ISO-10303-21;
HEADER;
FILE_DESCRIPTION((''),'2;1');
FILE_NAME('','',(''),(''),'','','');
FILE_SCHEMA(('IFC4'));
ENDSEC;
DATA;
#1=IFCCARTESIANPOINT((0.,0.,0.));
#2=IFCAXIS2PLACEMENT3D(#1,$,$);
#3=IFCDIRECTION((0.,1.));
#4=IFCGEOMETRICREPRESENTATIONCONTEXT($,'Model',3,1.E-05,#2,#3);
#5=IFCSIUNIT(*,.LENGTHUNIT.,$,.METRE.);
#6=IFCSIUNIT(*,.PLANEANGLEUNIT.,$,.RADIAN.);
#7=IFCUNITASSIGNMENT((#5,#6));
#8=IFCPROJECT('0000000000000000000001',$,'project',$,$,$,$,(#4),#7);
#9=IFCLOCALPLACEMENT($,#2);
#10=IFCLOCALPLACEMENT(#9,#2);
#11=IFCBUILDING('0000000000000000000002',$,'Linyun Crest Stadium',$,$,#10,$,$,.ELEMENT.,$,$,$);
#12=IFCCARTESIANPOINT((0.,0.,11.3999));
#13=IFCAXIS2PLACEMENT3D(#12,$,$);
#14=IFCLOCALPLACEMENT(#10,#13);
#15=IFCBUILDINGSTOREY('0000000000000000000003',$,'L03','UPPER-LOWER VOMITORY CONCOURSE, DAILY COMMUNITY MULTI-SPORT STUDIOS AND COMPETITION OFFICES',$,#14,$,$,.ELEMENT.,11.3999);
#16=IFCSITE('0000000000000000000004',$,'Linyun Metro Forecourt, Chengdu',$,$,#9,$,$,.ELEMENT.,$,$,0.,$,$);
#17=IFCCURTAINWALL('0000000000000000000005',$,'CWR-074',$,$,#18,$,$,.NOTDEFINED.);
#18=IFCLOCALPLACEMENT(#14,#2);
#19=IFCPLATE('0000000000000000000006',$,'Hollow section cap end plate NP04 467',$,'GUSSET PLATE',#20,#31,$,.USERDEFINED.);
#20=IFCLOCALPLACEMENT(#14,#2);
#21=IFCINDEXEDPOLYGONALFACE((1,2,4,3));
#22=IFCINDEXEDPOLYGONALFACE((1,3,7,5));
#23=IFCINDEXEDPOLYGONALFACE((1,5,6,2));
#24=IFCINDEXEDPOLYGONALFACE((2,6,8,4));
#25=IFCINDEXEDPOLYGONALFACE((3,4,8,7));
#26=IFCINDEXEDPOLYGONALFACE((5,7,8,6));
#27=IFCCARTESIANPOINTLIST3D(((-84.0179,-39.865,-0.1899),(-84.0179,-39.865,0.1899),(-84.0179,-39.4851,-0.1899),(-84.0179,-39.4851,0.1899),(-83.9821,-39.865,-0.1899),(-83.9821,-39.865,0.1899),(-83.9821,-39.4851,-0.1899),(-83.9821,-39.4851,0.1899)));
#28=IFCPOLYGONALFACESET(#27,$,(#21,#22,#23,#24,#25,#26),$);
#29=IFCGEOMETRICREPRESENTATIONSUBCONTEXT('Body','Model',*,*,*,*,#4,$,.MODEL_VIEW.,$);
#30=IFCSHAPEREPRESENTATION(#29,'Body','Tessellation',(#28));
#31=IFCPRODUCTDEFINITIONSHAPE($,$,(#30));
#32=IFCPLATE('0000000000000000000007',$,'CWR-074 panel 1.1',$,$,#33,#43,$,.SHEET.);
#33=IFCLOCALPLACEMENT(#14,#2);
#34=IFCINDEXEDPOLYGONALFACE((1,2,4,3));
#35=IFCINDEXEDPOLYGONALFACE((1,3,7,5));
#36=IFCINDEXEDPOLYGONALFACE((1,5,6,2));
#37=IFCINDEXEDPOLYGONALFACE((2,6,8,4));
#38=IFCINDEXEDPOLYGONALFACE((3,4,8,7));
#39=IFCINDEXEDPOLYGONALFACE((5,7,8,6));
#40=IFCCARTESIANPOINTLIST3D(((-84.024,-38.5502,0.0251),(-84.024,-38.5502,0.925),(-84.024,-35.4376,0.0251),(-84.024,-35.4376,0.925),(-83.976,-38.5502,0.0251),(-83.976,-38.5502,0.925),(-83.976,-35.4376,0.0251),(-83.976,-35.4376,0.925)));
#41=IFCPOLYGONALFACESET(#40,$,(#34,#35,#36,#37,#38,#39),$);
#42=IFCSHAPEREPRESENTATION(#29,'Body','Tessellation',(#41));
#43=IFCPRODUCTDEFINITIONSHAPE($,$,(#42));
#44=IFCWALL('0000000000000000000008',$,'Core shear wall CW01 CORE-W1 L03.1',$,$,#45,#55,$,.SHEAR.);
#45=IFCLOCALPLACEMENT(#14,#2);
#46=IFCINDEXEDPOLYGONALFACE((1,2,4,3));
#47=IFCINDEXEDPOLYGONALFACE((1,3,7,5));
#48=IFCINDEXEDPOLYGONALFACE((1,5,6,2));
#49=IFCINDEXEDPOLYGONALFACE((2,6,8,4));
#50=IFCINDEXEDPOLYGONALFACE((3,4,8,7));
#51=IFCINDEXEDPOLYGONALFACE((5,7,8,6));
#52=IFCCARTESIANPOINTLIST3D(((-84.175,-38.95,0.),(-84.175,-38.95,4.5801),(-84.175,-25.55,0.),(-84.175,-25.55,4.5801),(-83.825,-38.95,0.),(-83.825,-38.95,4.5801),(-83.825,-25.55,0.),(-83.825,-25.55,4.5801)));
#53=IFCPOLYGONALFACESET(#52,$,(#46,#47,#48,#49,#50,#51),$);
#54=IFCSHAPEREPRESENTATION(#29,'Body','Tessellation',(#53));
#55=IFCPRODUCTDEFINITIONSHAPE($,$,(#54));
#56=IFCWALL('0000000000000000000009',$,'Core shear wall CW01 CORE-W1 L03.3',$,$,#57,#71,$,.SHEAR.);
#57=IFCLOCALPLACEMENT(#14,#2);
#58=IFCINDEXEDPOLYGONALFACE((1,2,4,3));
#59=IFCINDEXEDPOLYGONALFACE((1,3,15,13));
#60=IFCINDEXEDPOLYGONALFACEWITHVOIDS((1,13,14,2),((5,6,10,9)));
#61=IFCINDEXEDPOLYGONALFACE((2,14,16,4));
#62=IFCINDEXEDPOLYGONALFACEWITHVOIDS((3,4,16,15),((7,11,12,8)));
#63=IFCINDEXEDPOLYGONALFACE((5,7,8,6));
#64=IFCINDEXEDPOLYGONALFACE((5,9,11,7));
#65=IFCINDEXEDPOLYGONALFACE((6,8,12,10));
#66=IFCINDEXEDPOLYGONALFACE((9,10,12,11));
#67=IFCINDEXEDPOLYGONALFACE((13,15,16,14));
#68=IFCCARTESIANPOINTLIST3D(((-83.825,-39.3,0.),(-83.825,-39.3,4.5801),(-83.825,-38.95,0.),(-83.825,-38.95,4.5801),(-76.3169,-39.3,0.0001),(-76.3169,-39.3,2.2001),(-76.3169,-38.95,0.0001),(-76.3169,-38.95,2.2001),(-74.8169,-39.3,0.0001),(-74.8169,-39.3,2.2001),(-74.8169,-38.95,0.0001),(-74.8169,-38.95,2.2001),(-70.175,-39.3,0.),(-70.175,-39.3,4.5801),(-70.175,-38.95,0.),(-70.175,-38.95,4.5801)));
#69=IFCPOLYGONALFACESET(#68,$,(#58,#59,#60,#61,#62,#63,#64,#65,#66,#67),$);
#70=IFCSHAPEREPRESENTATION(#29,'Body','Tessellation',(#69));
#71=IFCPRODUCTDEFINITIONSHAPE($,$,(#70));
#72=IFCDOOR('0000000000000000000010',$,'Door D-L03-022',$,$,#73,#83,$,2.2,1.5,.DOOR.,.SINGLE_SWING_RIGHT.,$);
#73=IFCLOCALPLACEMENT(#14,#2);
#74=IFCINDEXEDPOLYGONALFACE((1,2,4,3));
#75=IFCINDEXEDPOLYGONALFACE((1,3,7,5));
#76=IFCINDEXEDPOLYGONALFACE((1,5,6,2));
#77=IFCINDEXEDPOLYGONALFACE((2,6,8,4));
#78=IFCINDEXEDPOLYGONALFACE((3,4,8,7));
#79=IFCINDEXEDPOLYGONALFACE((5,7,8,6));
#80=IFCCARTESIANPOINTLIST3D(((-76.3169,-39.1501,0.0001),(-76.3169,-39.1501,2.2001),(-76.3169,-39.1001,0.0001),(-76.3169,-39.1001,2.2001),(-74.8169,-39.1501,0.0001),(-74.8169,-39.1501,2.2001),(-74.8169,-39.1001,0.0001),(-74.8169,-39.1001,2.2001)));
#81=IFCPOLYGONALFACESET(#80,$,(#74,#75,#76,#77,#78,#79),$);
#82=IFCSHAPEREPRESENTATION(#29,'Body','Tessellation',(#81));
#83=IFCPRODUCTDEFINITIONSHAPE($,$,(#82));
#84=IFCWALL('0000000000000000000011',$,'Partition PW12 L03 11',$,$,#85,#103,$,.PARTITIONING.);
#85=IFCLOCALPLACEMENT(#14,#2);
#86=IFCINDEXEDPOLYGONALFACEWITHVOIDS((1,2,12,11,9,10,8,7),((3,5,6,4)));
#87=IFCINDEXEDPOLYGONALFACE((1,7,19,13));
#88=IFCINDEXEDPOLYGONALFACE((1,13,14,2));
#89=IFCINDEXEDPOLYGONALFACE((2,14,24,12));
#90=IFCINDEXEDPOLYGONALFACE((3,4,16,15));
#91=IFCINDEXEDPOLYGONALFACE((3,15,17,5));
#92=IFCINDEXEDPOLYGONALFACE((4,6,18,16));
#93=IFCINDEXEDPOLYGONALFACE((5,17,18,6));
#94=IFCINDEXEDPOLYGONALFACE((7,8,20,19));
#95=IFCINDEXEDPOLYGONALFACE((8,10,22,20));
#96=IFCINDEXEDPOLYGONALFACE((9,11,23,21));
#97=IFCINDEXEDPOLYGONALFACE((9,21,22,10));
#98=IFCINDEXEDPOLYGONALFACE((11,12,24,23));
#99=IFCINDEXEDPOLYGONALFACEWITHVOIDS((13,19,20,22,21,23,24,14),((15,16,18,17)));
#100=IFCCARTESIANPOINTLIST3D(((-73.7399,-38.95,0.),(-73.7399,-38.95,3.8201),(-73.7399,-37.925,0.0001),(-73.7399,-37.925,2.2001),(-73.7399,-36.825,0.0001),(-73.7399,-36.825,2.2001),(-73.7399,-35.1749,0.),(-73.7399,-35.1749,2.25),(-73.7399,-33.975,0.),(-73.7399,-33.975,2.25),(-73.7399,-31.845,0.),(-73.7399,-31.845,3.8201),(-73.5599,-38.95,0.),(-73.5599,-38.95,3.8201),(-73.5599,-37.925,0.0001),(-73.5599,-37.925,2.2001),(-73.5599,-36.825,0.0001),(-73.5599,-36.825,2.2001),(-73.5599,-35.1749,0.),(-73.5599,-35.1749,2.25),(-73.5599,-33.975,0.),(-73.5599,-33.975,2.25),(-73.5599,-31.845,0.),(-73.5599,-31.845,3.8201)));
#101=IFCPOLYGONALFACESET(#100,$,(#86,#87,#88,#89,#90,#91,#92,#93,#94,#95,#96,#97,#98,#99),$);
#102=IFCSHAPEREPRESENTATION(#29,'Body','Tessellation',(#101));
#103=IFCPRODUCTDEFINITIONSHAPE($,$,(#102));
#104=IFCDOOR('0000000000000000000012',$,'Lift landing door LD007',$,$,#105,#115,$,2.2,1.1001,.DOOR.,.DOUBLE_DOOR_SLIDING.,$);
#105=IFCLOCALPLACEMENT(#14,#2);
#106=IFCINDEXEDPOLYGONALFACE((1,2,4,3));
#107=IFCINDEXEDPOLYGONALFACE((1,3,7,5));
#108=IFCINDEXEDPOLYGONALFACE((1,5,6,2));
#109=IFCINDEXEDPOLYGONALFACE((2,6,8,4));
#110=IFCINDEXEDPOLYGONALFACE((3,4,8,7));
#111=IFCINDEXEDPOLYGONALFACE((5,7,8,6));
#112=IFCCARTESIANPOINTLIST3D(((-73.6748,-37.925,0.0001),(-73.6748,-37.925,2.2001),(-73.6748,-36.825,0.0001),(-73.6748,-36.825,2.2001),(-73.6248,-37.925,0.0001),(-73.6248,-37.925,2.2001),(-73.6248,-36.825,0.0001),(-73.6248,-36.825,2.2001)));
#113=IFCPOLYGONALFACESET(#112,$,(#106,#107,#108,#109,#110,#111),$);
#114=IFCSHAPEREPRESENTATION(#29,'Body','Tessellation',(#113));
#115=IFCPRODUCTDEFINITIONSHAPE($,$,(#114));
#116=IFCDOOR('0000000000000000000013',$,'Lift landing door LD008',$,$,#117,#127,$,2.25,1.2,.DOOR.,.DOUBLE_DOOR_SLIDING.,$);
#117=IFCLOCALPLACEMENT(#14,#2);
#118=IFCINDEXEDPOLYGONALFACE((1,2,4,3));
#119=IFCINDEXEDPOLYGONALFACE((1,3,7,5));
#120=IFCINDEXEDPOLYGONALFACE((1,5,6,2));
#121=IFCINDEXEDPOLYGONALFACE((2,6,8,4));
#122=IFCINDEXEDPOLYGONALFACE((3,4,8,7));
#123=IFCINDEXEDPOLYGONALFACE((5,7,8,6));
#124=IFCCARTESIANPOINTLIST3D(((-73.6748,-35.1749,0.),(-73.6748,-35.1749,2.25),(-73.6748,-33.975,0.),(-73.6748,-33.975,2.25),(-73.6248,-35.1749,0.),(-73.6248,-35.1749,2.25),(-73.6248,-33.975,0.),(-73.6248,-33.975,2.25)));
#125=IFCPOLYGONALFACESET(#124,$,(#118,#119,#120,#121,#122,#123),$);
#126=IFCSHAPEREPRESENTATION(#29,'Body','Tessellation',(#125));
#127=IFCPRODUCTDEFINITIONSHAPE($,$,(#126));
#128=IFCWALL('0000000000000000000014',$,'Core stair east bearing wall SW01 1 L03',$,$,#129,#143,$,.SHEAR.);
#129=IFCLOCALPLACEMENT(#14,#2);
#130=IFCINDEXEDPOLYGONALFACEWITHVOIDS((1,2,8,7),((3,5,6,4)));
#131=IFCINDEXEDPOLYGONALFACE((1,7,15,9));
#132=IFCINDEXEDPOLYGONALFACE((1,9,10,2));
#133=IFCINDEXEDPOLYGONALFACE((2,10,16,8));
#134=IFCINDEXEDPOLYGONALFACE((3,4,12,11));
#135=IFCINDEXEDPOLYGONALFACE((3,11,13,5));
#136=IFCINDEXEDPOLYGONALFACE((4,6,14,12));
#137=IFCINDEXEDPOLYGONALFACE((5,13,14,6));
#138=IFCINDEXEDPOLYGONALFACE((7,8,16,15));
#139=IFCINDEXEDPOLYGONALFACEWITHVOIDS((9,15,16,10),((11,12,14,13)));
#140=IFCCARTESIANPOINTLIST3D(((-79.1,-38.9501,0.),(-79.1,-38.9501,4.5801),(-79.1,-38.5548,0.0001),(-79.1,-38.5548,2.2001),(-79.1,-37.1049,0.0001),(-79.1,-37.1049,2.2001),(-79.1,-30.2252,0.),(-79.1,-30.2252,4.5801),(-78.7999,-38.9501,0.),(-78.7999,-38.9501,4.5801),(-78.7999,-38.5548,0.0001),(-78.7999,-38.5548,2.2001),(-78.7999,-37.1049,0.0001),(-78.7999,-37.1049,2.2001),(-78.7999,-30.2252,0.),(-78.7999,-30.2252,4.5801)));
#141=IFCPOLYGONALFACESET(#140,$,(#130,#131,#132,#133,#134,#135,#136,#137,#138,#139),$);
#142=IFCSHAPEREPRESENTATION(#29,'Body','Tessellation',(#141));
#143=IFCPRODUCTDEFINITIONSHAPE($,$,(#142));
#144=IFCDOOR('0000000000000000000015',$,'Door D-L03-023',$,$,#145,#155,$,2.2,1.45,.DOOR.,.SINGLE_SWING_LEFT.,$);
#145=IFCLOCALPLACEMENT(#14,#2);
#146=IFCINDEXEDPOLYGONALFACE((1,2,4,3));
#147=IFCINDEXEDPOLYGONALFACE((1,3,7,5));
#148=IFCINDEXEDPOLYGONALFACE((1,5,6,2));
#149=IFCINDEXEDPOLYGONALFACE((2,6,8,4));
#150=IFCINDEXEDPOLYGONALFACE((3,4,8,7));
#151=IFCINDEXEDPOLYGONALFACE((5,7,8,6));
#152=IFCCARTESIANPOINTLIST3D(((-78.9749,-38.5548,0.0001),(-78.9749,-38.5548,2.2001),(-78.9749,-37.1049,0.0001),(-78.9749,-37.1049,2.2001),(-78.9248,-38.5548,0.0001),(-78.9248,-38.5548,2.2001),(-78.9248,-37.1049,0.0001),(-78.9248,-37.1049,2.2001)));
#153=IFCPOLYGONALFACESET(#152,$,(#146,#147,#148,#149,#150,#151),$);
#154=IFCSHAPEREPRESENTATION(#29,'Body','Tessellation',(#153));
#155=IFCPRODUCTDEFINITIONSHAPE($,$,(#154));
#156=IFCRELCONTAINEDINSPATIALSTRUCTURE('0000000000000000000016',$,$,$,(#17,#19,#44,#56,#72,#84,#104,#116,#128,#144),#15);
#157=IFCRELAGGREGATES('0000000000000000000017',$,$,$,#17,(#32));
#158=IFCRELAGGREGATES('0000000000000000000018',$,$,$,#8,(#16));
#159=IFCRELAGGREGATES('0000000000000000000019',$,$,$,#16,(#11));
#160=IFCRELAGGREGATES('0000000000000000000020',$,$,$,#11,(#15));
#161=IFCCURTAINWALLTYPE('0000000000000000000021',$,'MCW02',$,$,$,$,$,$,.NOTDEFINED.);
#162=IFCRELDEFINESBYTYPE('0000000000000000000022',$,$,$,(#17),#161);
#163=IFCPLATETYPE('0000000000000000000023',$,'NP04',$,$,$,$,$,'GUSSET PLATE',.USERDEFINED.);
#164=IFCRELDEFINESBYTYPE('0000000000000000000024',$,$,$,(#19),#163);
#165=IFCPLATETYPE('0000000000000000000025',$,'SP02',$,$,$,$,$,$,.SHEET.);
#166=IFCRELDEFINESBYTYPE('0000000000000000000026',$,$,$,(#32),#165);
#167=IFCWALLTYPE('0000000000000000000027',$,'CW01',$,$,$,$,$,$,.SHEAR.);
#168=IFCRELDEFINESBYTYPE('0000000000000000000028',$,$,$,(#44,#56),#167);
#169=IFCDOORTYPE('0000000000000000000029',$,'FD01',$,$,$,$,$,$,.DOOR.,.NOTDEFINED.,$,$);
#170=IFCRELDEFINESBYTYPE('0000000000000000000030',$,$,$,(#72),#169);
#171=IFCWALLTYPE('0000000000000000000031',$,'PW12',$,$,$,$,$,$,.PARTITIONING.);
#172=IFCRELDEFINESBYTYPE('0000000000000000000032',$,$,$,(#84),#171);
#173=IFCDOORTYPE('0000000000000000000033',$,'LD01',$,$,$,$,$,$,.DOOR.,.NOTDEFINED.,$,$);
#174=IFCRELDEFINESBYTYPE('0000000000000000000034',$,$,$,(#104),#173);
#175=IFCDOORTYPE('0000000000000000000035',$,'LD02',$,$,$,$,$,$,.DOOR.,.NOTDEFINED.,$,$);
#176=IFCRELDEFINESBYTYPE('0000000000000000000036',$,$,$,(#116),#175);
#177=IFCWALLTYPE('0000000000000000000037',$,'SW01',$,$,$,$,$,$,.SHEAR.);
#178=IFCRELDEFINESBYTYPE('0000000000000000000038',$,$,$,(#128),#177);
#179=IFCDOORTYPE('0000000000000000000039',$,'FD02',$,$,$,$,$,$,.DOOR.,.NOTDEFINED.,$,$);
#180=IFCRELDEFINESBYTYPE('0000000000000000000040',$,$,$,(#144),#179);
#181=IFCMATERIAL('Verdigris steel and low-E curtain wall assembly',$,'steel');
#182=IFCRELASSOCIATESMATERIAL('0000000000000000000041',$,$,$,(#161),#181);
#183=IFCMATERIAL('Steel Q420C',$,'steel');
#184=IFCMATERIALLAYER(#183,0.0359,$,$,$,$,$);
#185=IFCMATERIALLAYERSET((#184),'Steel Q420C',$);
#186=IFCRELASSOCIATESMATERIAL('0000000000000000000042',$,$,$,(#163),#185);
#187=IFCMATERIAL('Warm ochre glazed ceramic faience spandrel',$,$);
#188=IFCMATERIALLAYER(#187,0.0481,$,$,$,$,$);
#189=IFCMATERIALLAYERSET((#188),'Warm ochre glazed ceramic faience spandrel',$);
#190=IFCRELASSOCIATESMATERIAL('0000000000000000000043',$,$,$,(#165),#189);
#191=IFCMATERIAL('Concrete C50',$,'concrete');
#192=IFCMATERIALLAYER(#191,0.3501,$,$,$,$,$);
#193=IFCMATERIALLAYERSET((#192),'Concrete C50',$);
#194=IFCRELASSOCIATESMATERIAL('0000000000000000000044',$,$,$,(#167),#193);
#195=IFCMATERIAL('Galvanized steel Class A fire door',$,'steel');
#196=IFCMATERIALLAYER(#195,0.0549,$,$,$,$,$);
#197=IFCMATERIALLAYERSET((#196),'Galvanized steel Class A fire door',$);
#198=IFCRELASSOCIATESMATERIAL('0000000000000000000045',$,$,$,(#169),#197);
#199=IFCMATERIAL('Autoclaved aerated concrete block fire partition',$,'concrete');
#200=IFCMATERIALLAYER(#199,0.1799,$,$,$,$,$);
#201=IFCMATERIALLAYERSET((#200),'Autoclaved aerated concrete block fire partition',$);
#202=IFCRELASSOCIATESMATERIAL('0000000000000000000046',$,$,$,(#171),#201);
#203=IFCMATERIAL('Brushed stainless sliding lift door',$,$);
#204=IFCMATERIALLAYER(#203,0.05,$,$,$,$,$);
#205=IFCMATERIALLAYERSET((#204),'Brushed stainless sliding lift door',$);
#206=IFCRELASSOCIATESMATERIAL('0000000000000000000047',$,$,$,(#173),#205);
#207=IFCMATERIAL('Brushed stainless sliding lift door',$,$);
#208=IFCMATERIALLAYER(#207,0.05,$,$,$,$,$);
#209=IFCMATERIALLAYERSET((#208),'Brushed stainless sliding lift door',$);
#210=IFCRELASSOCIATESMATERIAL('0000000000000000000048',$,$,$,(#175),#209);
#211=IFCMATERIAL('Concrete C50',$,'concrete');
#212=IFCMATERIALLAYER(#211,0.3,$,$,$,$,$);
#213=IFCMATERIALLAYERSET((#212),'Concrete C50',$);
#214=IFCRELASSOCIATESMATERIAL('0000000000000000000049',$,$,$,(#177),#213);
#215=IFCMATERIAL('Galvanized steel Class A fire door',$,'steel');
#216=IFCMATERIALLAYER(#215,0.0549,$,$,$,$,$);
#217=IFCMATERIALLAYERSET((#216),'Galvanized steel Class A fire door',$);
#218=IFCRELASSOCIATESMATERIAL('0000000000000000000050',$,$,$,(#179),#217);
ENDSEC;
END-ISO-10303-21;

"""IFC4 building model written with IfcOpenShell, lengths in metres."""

from ifc_helpers import new_model, si_unit, direction, frame, frame_2d, origin, origin_2d, place, context, subcontext, project, spatial, rectangle, extrude, material, layer, layer_set, type_object, element, fill, aggregate, save


model = new_model("IFC4")

# Units and contexts
model_context = context("Model", 3, precision=1e-05, world=origin(), true_north=direction((0.0, 1.0)))
body_context = subcontext(model_context, "Body", "Model", "MODEL_VIEW")
ifc_project = project(units=[si_unit("LENGTHUNIT", "METRE"), si_unit("PLANEANGLEUNIT", "RADIAN")], contexts=[model_context])

# Site, building, storey
site_placement = place(None, origin())
site = spatial("IfcSite", under=ifc_project, at=site_placement, Name="Linyun Metro Forecourt, Chengdu", CompositionType="ELEMENT", RefElevation=0.0)
building_placement = place(site_placement, origin())
building = spatial("IfcBuilding", under=site, at=building_placement, Name="Linyun Crest Stadium", CompositionType="ELEMENT")
storey_placement = place(building_placement, frame((0.0, 0.0, 11.3999)))
storey = spatial("IfcBuildingStorey", under=building, at=storey_placement, Name="L03", Description="UPPER-LOWER VOMITORY CONCOURSE, DAILY COMMUNITY MULTI-SPORT STUDIOS AND COMPETITION OFFICES", CompositionType="ELEMENT", Elevation=11.3999)

# Curtain wall
ifc_material_1 = material(Name="Verdigris steel and low-E curtain wall assembly", Category="steel")
curtain_wall_type = type_object("IfcCurtainWallType", Name="MCW02", PredefinedType="NOTDEFINED", material=ifc_material_1)
curtain_wall_placement = place(storey_placement, origin())
curtain_wall = element("IfcCurtainWall", 1, at=curtain_wall_placement, inside=storey, type_object=curtain_wall_type, Name="CWR-074", PredefinedType="NOTDEFINED")

# Plates
ifc_material_2 = material(Name="Steel Q420C", Category="steel")
ifc_layer_1 = layer(ifc_material_2, 0.0359)
ifc_layer_set_1 = layer_set([ifc_layer_1], Name="Steel Q420C")
plate_type_1 = type_object("IfcPlateType", Name="NP04", ElementType="GUSSET PLATE", PredefinedType="USERDEFINED", material=ifc_layer_set_1)
plate_1_placement = place(storey_placement, frame((-84.0, -39.675, -0.1899), z_axis=(0.0, 0.0, 1.0), x_axis=(0.0, 1.0, 0.0)))
element("IfcPlate", 2, at=plate_1_placement, inside=storey, type_object=plate_type_1, Name="Hollow section cap end plate NP04 467", ObjectType="GUSSET PLATE", PredefinedType="USERDEFINED", context=body_context, shape_type="SweptSolid", body=[
    extrude(rectangle(XDim=0.3799, YDim=0.0359, at=origin_2d()), origin(), (0.0, 0.0, 1.0), 0.3799),
])
ifc_material_3 = material(Name="Warm ochre glazed ceramic faience spandrel")
ifc_layer_2 = layer(ifc_material_3, 0.0481)
ifc_layer_set_2 = layer_set([ifc_layer_2], Name="Warm ochre glazed ceramic faience spandrel")
plate_type_2 = type_object("IfcPlateType", Name="SP02", PredefinedType="SHEET", material=ifc_layer_set_2)
plate_2_placement = place(storey_placement, frame((-84.0, -36.9939, 0.0251), z_axis=(0.0, 0.0, 1.0), x_axis=(0.0, 1.0, 0.0)))
plate_2 = element("IfcPlate", 3, at=plate_2_placement, type_object=plate_type_2, Name="CWR-074 panel 1.1", PredefinedType="SHEET", context=body_context, shape_type="SweptSolid", body=[
    extrude(rectangle(XDim=3.1125, YDim=0.0481, at=origin_2d()), origin(), (0.0, 0.0, 1.0), 0.8999),
])
aggregate(curtain_wall, [plate_2])

# Wall
ifc_material_4 = material(Name="Concrete C50", Category="concrete")
ifc_layer_3 = layer(ifc_material_4, 0.3501)
ifc_layer_set_3 = layer_set([ifc_layer_3], Name="Concrete C50")
wall_type_1 = type_object("IfcWallType", Name="CW01", PredefinedType="SHEAR", material=ifc_layer_set_3)
wall_1_placement = place(storey_placement, frame((-84.0, -38.95, 0.0), z_axis=(0.0, 0.0, 1.0), x_axis=(0.0, 1.0, 0.0)))
element("IfcWall", 4, at=wall_1_placement, inside=storey, type_object=wall_type_1, Name="Core shear wall CW01 CORE-W1 L03.1", PredefinedType="SHEAR", context=body_context, shape_type="SweptSolid", body=[
    extrude(rectangle(XDim=13.3999, YDim=0.3501, at=frame_2d((6.7, 0.0))), origin(), (0.0, 0.0, 1.0), 4.5801),
])

# Wall, opening, door
wall_2_placement = place(storey_placement, frame((-83.825, -39.125, 0.0), z_axis=(0.0, 0.0, 1.0), x_axis=(1.0, 0.0, 0.0)))
wall_2 = element("IfcWall", 5, at=wall_2_placement, inside=storey, type_object=wall_type_1, Name="Core shear wall CW01 CORE-W1 L03.3", PredefinedType="SHEAR", context=body_context, shape_type="SweptSolid", body=[
    extrude(rectangle(XDim=13.6499, YDim=0.3501, at=frame_2d((6.825, 0.0))), origin(), (0.0, 0.0, 1.0), 4.5801),
])
opening_1_placement = place(wall_2_placement, frame((7.5081, 0.0, 0.0)))
opening_1 = element("IfcOpeningElement", 6, at=opening_1_placement, cuts=wall_2, PredefinedType="OPENING", context=body_context, shape_type="SweptSolid", body=[
    extrude(rectangle(XDim=1.5, YDim=2.2, at=frame_2d((0.75, 1.1001))), frame((0.0, 0.1851, 0.0), z_axis=(0.0, -1.0, 0.0), x_axis=(1.0, 0.0, 0.0)), (0.0, 0.0, 1.0), 0.3701),
])
ifc_material_5 = material(Name="Galvanized steel Class A fire door", Category="steel")
ifc_layer_4 = layer(ifc_material_5, 0.0549)
ifc_layer_set_4 = layer_set([ifc_layer_4], Name="Galvanized steel Class A fire door")
door_type_1 = type_object("IfcDoorType", Name="FD01", OperationType="NOTDEFINED", PredefinedType="DOOR", material=ifc_layer_set_4)
door_1_placement = place(opening_1_placement, origin())
door_1 = element("IfcDoor", 7, at=door_1_placement, inside=storey, type_object=door_type_1, Name="Door D-L03-022", OperationType="SINGLE_SWING_RIGHT", OverallHeight=2.2, OverallWidth=1.5, PredefinedType="DOOR", context=body_context, shape_type="SweptSolid", body=[
    extrude(rectangle(XDim=1.5, YDim=2.2, at=frame_2d((0.75, 1.1001))), frame((0.0, 0.0249, 0.0), z_axis=(0.0, -1.0, 0.0), x_axis=(1.0, 0.0, 0.0)), (0.0, 0.0, 1.0), 0.05),
])
fill(opening_1, door_1)

# Wall, openings, doors
ifc_material_6 = material(Name="Autoclaved aerated concrete block fire partition", Category="concrete")
ifc_layer_5 = layer(ifc_material_6, 0.1799)
ifc_layer_set_5 = layer_set([ifc_layer_5], Name="Autoclaved aerated concrete block fire partition")
wall_type_2 = type_object("IfcWallType", Name="PW12", PredefinedType="PARTITIONING", material=ifc_layer_set_5)
wall_3_placement = place(storey_placement, frame((-73.6499, -38.95, 0.0), z_axis=(0.0, 0.0, 1.0), x_axis=(0.0, 1.0, 0.0)))
wall_3 = element("IfcWall", 8, at=wall_3_placement, inside=storey, type_object=wall_type_2, Name="Partition PW12 L03 11", PredefinedType="PARTITIONING", context=body_context, shape_type="SweptSolid", body=[
    extrude(rectangle(XDim=7.105, YDim=0.1799, at=frame_2d((3.5525, 0.0))), origin(), (0.0, 0.0, 1.0), 3.8201),
])
opening_2_placement = place(wall_3_placement, frame((1.0249, 0.0, 0.0)))
opening_2 = element("IfcOpeningElement", 9, at=opening_2_placement, cuts=wall_3, PredefinedType="OPENING", context=body_context, shape_type="SweptSolid", body=[
    extrude(rectangle(XDim=1.1001, YDim=2.2, at=frame_2d((0.55, 1.1001))), frame((0.0, 0.0999, 0.0), z_axis=(0.0, -1.0, 0.0), x_axis=(1.0, 0.0, 0.0)), (0.0, 0.0, 1.0), 0.2),
])
opening_3_placement = place(wall_3_placement, frame((3.7749, 0.0, 0.0)))
opening_3 = element("IfcOpeningElement", 10, at=opening_3_placement, cuts=wall_3, PredefinedType="OPENING", context=body_context, shape_type="SweptSolid", body=[
    extrude(rectangle(XDim=1.2, YDim=2.25, at=frame_2d((0.6001, 1.125))), frame((0.0, 0.0999, 0.0), z_axis=(0.0, -1.0, 0.0), x_axis=(1.0, 0.0, 0.0)), (0.0, 0.0, 1.0), 0.2),
])
ifc_material_7 = material(Name="Brushed stainless sliding lift door")
ifc_layer_6 = layer(ifc_material_7, 0.05)
ifc_layer_set_6 = layer_set([ifc_layer_6], Name="Brushed stainless sliding lift door")
door_type_2 = type_object("IfcDoorType", Name="LD01", OperationType="NOTDEFINED", PredefinedType="DOOR", material=ifc_layer_set_6)
door_2_placement = place(opening_2_placement, origin())
door_2 = element("IfcDoor", 11, at=door_2_placement, inside=storey, type_object=door_type_2, Name="Lift landing door LD007", OperationType="DOUBLE_DOOR_SLIDING", OverallHeight=2.2, OverallWidth=1.1001, PredefinedType="DOOR", context=body_context, shape_type="SweptSolid", body=[
    extrude(rectangle(XDim=1.1001, YDim=2.2, at=frame_2d((0.55, 1.1001))), frame((0.0, 0.0249, 0.0), z_axis=(0.0, -1.0, 0.0), x_axis=(1.0, 0.0, 0.0)), (0.0, 0.0, 1.0), 0.05),
])
fill(opening_2, door_2)
ifc_material_8 = material(Name="Brushed stainless sliding lift door")
ifc_layer_7 = layer(ifc_material_8, 0.05)
ifc_layer_set_7 = layer_set([ifc_layer_7], Name="Brushed stainless sliding lift door")
door_type_3 = type_object("IfcDoorType", Name="LD02", OperationType="NOTDEFINED", PredefinedType="DOOR", material=ifc_layer_set_7)
door_3_placement = place(opening_3_placement, origin())
door_3 = element("IfcDoor", 12, at=door_3_placement, inside=storey, type_object=door_type_3, Name="Lift landing door LD008", OperationType="DOUBLE_DOOR_SLIDING", OverallHeight=2.25, OverallWidth=1.2, PredefinedType="DOOR", context=body_context, shape_type="SweptSolid", body=[
    extrude(rectangle(XDim=1.2, YDim=2.25, at=frame_2d((0.6001, 1.125))), frame((0.0, 0.0249, 0.0), z_axis=(0.0, -1.0, 0.0), x_axis=(1.0, 0.0, 0.0)), (0.0, 0.0, 1.0), 0.05),
])
fill(opening_3, door_3)

# Wall, opening, door
ifc_material_9 = material(Name="Concrete C50", Category="concrete")
ifc_layer_8 = layer(ifc_material_9, 0.3)
ifc_layer_set_8 = layer_set([ifc_layer_8], Name="Concrete C50")
wall_type_3 = type_object("IfcWallType", Name="SW01", PredefinedType="SHEAR", material=ifc_layer_set_8)
wall_4_placement = place(storey_placement, frame((-78.95, -38.95, 0.0), z_axis=(0.0, 0.0, 1.0), x_axis=(0.0, 1.0, 0.0)))
wall_4 = element("IfcWall", 13, at=wall_4_placement, inside=storey, type_object=wall_type_3, Name="Core stair east bearing wall SW01 1 L03", PredefinedType="SHEAR", context=body_context, shape_type="SweptSolid", body=[
    extrude(rectangle(XDim=8.7249, YDim=0.3, at=frame_2d((4.3623, 0.0))), origin(), (0.0, 0.0, 1.0), 4.5801),
])
opening_4_placement = place(wall_4_placement, frame((0.395, 0.0, 0.0)))
opening_4 = element("IfcOpeningElement", 14, at=opening_4_placement, cuts=wall_4, PredefinedType="OPENING", context=body_context, shape_type="SweptSolid", body=[
    extrude(rectangle(XDim=1.45, YDim=2.2, at=frame_2d((0.7251, 1.1001))), frame((0.0, 0.1599, 0.0), z_axis=(0.0, -1.0, 0.0), x_axis=(1.0, 0.0, 0.0)), (0.0, 0.0, 1.0), 0.3201),
])
ifc_material_10 = material(Name="Galvanized steel Class A fire door", Category="steel")
ifc_layer_9 = layer(ifc_material_10, 0.0549)
ifc_layer_set_9 = layer_set([ifc_layer_9], Name="Galvanized steel Class A fire door")
door_type_4 = type_object("IfcDoorType", Name="FD02", OperationType="NOTDEFINED", PredefinedType="DOOR", material=ifc_layer_set_9)
door_4_placement = place(opening_4_placement, origin())
door_4 = element("IfcDoor", 15, at=door_4_placement, inside=storey, type_object=door_type_4, Name="Door D-L03-023", OperationType="SINGLE_SWING_LEFT", OverallHeight=2.2, OverallWidth=1.45, PredefinedType="DOOR", context=body_context, shape_type="SweptSolid", body=[
    extrude(rectangle(XDim=1.45, YDim=2.2, at=frame_2d((0.7251, 1.1001))), frame((0.0, 0.0249, 0.0), z_axis=(0.0, -1.0, 0.0), x_axis=(1.0, 0.0, 0.0)), (0.0, 0.0, 1.0), 0.05),
])
fill(opening_4, door_4)

save(model, "model.ifc")
